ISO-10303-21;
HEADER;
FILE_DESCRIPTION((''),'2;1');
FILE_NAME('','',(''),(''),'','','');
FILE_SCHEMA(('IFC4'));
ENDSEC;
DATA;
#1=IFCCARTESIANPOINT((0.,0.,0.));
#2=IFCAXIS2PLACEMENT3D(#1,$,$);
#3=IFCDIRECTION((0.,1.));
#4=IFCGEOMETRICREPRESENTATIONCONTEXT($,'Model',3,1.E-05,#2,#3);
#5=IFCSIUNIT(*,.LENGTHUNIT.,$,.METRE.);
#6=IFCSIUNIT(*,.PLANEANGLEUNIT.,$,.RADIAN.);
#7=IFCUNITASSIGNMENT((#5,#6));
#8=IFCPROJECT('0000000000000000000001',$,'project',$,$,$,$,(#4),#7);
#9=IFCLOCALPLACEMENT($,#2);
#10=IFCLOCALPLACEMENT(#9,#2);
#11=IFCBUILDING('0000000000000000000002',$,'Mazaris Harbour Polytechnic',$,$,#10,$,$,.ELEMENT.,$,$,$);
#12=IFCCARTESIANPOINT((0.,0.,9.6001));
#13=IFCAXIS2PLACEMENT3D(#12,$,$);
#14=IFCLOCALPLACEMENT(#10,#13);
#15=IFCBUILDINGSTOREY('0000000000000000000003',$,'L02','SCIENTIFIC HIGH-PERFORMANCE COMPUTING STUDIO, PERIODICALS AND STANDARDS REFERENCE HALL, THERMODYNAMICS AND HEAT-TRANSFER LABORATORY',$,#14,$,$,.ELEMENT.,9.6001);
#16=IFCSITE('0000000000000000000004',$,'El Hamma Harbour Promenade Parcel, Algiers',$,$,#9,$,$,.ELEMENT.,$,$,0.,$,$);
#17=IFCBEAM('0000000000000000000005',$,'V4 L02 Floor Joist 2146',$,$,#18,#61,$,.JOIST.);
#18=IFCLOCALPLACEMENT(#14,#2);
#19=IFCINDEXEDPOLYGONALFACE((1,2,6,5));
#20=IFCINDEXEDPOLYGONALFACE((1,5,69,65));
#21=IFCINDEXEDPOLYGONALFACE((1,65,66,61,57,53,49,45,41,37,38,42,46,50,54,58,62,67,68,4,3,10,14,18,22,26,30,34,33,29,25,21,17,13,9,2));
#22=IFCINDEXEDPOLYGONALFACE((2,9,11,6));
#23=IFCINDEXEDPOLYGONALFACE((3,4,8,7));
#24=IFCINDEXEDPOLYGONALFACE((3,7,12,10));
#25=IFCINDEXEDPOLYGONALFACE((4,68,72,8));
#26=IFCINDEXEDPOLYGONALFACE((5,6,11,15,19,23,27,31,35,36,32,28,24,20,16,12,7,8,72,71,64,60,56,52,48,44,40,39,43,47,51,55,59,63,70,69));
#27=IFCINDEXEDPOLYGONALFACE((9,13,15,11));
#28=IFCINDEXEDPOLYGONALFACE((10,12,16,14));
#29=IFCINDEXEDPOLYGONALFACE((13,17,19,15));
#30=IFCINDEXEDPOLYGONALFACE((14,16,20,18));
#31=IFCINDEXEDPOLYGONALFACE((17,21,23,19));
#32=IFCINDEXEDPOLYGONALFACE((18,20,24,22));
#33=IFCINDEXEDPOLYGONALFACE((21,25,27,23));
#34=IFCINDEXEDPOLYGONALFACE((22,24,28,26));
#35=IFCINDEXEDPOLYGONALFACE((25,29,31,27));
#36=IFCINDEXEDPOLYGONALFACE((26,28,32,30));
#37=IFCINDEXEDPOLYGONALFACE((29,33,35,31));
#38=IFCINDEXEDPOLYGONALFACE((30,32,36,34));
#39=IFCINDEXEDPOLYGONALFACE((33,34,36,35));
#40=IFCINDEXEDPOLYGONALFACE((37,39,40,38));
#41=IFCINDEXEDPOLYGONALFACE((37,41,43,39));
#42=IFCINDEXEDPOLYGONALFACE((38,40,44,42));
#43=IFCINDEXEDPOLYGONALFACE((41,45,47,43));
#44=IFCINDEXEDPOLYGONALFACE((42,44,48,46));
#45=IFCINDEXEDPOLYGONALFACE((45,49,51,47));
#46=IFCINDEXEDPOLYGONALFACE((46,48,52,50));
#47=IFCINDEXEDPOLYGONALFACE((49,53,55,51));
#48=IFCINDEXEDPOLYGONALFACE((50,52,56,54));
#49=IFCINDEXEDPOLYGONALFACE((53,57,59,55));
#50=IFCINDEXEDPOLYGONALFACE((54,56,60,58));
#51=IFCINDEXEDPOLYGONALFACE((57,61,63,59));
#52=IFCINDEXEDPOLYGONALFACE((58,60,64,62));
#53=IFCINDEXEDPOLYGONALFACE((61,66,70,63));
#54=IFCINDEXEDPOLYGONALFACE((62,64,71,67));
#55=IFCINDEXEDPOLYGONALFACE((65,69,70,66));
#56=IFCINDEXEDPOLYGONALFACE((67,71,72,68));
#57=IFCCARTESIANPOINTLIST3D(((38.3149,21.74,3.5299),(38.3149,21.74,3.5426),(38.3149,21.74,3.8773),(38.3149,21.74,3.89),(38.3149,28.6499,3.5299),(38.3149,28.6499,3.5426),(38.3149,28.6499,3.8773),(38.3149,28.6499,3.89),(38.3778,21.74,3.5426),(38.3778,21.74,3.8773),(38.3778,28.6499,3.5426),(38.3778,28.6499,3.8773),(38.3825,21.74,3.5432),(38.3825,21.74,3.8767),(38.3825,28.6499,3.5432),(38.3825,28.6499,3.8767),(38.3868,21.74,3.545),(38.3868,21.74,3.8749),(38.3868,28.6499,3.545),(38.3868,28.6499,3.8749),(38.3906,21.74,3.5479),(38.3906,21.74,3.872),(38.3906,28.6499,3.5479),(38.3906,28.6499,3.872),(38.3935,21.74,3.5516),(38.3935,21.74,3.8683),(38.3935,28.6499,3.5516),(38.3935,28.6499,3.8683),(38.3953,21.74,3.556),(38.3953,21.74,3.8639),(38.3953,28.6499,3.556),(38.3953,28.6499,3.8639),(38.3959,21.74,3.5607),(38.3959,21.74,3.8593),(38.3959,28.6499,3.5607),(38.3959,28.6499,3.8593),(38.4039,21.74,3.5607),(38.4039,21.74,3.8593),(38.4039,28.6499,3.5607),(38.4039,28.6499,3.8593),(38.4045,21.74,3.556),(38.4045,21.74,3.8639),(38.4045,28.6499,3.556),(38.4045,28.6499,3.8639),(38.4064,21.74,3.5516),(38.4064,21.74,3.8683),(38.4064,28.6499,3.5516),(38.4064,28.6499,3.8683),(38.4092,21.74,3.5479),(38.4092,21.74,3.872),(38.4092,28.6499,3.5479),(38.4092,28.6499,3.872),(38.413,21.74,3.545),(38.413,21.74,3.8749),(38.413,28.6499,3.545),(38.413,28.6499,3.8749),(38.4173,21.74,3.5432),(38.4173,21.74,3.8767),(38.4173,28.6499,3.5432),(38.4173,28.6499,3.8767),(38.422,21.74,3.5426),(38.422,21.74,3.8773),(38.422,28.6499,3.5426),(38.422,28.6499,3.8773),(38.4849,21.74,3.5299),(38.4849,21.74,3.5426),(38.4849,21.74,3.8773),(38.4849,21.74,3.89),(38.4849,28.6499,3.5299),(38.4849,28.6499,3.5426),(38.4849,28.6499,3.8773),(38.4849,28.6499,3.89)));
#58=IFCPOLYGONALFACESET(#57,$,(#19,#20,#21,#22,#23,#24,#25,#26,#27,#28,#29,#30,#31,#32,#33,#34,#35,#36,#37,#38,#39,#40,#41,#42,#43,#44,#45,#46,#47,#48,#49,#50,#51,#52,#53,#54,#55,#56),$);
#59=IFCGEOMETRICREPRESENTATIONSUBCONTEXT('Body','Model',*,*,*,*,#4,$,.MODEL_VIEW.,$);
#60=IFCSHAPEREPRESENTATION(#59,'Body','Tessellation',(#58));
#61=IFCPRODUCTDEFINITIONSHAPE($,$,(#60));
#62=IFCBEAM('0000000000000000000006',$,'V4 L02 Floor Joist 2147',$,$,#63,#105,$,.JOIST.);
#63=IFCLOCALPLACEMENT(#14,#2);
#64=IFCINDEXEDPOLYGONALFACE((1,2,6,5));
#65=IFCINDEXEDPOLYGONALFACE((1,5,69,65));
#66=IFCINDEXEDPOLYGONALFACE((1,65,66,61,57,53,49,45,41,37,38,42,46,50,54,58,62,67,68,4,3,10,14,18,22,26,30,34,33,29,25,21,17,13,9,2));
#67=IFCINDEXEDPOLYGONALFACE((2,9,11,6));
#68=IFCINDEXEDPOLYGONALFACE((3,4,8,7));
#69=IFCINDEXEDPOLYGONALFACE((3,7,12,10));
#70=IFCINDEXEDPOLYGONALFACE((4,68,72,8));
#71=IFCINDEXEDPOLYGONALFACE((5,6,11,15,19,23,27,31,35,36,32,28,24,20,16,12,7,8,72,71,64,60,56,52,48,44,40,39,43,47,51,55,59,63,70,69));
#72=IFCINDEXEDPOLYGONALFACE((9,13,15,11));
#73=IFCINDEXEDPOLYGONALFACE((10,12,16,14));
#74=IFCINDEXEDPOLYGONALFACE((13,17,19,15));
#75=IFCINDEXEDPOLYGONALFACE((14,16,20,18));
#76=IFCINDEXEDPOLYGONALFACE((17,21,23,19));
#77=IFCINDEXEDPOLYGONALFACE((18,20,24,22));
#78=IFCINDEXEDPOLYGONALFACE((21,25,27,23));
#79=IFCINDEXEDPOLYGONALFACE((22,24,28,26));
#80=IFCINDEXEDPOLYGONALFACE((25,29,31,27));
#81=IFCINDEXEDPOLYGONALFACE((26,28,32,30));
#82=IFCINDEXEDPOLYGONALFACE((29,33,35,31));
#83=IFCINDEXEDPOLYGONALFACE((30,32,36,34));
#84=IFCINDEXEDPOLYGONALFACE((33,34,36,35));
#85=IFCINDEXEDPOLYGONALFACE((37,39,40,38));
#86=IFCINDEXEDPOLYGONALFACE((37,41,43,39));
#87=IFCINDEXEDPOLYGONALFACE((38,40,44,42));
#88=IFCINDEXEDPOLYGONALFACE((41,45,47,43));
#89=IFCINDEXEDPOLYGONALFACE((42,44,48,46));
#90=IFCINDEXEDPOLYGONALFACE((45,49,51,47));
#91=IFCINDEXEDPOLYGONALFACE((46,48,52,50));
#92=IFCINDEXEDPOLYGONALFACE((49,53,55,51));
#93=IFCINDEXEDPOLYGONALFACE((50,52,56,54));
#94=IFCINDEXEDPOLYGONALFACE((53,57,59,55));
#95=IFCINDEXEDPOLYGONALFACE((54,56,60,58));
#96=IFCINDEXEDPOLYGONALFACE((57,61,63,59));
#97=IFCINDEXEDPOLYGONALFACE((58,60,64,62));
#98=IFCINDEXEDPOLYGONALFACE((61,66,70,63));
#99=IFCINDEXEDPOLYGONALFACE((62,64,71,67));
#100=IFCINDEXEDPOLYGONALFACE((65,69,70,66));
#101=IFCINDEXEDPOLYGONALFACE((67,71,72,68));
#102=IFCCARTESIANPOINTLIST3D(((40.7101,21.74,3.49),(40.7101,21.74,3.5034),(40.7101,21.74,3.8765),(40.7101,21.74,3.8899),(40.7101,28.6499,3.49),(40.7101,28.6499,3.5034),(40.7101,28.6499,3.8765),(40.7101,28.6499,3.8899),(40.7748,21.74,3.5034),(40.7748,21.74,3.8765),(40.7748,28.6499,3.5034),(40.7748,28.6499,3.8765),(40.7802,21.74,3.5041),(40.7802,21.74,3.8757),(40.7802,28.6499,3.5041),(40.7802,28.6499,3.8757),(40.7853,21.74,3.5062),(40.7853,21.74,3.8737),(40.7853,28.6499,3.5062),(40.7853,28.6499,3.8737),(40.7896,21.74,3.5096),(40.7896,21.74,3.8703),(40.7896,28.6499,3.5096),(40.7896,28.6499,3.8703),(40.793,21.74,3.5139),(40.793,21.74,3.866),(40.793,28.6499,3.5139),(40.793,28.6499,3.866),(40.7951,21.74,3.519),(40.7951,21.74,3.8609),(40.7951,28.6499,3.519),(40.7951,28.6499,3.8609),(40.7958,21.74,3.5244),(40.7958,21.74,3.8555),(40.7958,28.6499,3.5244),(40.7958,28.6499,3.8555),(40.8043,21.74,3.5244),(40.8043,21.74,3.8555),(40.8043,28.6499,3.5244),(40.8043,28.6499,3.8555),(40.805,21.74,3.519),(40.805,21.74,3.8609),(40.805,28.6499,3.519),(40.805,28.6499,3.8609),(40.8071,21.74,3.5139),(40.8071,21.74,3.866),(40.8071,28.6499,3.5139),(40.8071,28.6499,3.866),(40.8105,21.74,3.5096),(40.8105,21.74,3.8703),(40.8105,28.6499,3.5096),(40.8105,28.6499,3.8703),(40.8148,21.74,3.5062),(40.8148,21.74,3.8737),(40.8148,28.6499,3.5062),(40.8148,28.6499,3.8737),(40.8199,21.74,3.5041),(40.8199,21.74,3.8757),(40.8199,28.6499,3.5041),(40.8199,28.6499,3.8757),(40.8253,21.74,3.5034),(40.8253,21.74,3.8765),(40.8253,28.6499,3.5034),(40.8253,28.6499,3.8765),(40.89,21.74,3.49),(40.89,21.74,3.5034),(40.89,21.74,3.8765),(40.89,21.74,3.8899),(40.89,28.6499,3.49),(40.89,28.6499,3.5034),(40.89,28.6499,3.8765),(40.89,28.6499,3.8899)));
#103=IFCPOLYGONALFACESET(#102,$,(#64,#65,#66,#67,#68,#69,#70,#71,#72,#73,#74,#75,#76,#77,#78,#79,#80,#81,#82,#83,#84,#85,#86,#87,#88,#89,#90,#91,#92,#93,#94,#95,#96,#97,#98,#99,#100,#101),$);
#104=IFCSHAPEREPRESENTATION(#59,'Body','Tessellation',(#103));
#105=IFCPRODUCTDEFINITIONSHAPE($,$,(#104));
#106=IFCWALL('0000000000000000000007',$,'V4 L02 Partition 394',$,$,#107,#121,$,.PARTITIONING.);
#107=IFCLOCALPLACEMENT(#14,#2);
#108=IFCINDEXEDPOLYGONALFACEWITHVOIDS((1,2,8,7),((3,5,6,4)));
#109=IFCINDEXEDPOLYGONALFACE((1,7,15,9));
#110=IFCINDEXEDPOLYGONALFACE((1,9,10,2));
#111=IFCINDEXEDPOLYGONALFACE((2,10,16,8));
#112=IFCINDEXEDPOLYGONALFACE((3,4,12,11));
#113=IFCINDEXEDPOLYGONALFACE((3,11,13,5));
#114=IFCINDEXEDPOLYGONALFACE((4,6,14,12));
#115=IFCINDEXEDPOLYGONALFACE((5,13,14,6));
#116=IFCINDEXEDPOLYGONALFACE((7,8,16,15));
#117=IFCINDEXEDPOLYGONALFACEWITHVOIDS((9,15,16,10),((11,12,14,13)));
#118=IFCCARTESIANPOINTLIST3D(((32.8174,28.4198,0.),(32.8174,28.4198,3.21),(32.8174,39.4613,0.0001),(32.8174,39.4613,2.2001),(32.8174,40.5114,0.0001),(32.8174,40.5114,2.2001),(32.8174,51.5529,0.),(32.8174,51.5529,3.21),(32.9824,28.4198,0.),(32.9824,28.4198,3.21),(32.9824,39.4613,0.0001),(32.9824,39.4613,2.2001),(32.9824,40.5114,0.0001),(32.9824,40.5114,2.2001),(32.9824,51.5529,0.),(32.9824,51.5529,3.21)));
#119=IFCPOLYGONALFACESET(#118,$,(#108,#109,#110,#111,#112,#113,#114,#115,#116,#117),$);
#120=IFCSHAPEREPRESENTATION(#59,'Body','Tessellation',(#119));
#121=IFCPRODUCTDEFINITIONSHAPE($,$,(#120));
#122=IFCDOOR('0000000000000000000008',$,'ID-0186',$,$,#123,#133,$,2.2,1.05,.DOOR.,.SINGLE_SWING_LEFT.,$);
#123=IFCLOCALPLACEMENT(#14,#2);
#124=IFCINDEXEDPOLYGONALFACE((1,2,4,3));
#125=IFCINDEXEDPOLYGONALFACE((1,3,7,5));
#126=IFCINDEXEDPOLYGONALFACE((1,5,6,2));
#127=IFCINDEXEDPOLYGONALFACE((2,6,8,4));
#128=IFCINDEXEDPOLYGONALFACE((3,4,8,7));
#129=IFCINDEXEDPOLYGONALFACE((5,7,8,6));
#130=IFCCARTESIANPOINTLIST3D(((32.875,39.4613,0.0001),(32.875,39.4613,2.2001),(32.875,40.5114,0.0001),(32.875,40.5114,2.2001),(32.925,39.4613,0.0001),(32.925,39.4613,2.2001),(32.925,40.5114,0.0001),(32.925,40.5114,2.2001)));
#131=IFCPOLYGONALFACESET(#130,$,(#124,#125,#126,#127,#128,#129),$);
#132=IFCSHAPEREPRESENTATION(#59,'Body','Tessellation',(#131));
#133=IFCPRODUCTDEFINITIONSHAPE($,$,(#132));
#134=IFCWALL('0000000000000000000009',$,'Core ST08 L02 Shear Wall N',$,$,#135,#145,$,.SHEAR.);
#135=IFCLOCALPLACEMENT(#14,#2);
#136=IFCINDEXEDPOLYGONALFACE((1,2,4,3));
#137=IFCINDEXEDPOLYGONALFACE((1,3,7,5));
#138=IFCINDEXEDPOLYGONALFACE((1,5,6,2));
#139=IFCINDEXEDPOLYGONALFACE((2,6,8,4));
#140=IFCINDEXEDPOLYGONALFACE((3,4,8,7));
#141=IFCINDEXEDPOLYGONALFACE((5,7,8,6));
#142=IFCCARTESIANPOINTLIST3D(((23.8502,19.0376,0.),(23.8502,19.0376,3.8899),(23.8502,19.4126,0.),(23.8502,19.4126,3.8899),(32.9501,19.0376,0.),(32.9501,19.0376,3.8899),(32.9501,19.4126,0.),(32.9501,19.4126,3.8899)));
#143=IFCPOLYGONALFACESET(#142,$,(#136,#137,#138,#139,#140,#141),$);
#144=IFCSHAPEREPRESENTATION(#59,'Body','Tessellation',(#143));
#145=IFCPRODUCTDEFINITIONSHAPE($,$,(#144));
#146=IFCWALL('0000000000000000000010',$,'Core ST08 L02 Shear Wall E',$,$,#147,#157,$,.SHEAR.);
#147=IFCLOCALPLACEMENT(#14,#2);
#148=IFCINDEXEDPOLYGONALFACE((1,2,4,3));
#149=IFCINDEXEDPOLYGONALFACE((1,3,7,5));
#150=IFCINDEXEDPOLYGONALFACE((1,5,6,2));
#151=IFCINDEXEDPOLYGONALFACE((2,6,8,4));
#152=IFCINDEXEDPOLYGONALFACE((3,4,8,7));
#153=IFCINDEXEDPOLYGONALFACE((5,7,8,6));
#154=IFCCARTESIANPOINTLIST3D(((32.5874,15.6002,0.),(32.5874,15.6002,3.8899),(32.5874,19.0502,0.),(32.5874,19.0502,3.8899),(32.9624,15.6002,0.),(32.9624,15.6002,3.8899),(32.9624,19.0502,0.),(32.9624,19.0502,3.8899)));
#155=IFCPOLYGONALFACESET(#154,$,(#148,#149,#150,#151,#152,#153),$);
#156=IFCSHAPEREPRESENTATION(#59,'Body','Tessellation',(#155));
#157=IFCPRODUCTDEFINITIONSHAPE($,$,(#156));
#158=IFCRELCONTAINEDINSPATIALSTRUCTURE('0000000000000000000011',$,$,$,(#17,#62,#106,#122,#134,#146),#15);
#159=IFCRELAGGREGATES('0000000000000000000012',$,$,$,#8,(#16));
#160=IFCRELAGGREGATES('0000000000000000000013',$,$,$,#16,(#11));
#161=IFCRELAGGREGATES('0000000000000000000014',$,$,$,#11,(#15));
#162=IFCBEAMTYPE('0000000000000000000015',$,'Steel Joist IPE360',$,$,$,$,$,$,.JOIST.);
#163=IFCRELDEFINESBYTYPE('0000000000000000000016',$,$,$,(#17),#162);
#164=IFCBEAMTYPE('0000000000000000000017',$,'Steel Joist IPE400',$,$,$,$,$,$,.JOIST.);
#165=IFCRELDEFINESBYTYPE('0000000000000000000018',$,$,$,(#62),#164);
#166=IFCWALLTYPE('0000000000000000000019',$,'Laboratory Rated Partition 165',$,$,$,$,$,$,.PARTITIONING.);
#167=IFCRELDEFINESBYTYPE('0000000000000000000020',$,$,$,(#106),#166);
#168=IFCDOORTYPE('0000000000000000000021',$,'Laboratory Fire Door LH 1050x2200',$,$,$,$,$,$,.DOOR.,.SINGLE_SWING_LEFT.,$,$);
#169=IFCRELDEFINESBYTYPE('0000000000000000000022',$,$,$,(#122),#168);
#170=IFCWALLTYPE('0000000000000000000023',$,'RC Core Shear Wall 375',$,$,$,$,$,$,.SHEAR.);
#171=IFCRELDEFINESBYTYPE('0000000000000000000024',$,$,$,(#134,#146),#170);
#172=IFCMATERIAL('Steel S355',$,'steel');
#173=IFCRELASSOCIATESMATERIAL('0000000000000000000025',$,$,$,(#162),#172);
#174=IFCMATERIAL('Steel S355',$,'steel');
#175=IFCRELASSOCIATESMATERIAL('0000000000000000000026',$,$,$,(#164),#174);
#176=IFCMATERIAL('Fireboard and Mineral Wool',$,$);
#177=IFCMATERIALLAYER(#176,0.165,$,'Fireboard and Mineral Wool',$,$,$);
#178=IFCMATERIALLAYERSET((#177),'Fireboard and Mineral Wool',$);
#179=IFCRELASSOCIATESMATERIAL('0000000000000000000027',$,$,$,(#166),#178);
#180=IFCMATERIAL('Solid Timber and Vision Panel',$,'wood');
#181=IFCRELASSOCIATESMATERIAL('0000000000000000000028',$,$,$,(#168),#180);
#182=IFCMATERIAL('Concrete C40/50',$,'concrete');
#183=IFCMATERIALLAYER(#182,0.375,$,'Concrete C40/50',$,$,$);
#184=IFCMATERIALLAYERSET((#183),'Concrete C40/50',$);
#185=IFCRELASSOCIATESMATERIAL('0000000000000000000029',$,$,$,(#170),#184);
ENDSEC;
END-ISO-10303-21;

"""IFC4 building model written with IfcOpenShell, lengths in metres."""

from ifc_helpers import new_model, si_unit, direction, frame, frame_2d, origin, origin_2d, place, context, subcontext, project, spatial, rectangle, i_section, extrude, material, layer, layer_set, material_profile, profile_set, type_object, element, fill, save


model = new_model("IFC4")

# Units and contexts
model_context = context("Model", 3, precision=1e-05, world=origin(), true_north=direction((0.0, 1.0)))
body_context = subcontext(model_context, "Body", "Model", "MODEL_VIEW")
ifc_project = project(units=[si_unit("LENGTHUNIT", "METRE"), si_unit("PLANEANGLEUNIT", "RADIAN")], contexts=[model_context])

# Site, building, storey
site_placement = place(None, origin())
site = spatial("IfcSite", under=ifc_project, at=site_placement, Name="El Hamma Harbour Promenade Parcel, Algiers", CompositionType="ELEMENT", RefElevation=0.0)
building_placement = place(site_placement, origin())
building = spatial("IfcBuilding", under=site, at=building_placement, Name="Mazaris Harbour Polytechnic", CompositionType="ELEMENT")
storey_placement = place(building_placement, frame((0.0, 0.0, 9.6001)))
storey = spatial("IfcBuildingStorey", under=building, at=storey_placement, Name="L02", Description="SCIENTIFIC HIGH-PERFORMANCE COMPUTING STUDIO, PERIODICALS AND STANDARDS REFERENCE HALL, THERMODYNAMICS AND HEAT-TRANSFER LABORATORY", CompositionType="ELEMENT", Elevation=9.6001)

# Beams
ifc_material_1 = material(Name="Steel S355", Category="steel")
ifc_material_profile_1 = material_profile(ifc_material_1, i_section(OverallWidth=0.1699, OverallDepth=0.3601, WebThickness=0.0081, FlangeThickness=0.0127, FilletRadius=0.0181, at=origin_2d()), Name="IPE 360")
ifc_profile_set_1 = profile_set([ifc_material_profile_1], Name="Steel S355")
beam_type_1 = type_object("IfcBeamType", Name="Steel Joist IPE360", PredefinedType="JOIST", material=ifc_profile_set_1)
beam_1_placement = place(storey_placement, frame((38.3999, 21.74, 3.71), z_axis=(0.0, 1.0, 0.0), x_axis=(-1.0, 0.0, 0.0)))
element("IfcBeam", 1, at=beam_1_placement, inside=storey, type_object=beam_type_1, Name="V4 L02 Floor Joist 2146", PredefinedType="JOIST", context=body_context, shape_type="SweptSolid", body=[
    extrude(i_section(OverallWidth=0.1699, OverallDepth=0.3601, WebThickness=0.0081, FlangeThickness=0.0127, FilletRadius=0.0181, at=origin_2d()), origin(), (0.0, 0.0, 1.0), 6.9099),
])
ifc_material_2 = material(Name="Steel S355", Category="steel")
ifc_material_profile_2 = material_profile(ifc_material_2, i_section(OverallWidth=0.1799, OverallDepth=0.3999, WebThickness=0.0085, FlangeThickness=0.0134, FilletRadius=0.021, at=origin_2d()), Name="IPE 400")
ifc_profile_set_2 = profile_set([ifc_material_profile_2], Name="Steel S355")
beam_type_2 = type_object("IfcBeamType", Name="Steel Joist IPE400", PredefinedType="JOIST", material=ifc_profile_set_2)
beam_2_placement = place(storey_placement, frame((40.8, 21.74, 3.6899), z_axis=(0.0, 1.0, 0.0), x_axis=(-1.0, 0.0, 0.0)))
element("IfcBeam", 2, at=beam_2_placement, inside=storey, type_object=beam_type_2, Name="V4 L02 Floor Joist 2147", PredefinedType="JOIST", context=body_context, shape_type="SweptSolid", body=[
    extrude(i_section(OverallWidth=0.1799, OverallDepth=0.3999, WebThickness=0.0085, FlangeThickness=0.0134, FilletRadius=0.021, at=origin_2d()), origin(), (0.0, 0.0, 1.0), 6.9099),
])

# Wall, opening, door
ifc_material_3 = material(Name="Fireboard and Mineral Wool")
ifc_layer_1 = layer(ifc_material_3, 0.165, Name="Fireboard and Mineral Wool")
ifc_layer_set_1 = layer_set([ifc_layer_1], Name="Fireboard and Mineral Wool")
wall_type_1 = type_object("IfcWallType", Name="Laboratory Rated Partition 165", PredefinedType="PARTITIONING", material=ifc_layer_set_1)
wall_1_placement = place(storey_placement, frame((32.8999, 28.4199, 0.0), z_axis=(0.0, 0.0, 1.0), x_axis=(0.0, 1.0, 0.0)))
wall_1 = element("IfcWall", 3, at=wall_1_placement, inside=storey, type_object=wall_type_1, Name="V4 L02 Partition 394", PredefinedType="PARTITIONING", context=body_context, shape_type="SweptSolid", body=[
    extrude(rectangle(XDim=23.1331, YDim=0.165, at=frame_2d((11.5664, 0.0))), origin(), (0.0, 0.0, 1.0), 3.21),
])
opening_placement = place(wall_1_placement, frame((11.0415, 0.0, 0.0)))
opening = element("IfcOpeningElement", 4, at=opening_placement, cuts=wall_1, PredefinedType="OPENING", context=body_context, shape_type="SweptSolid", body=[
    extrude(rectangle(XDim=1.05, YDim=2.2, at=frame_2d((0.5249, 1.1001))), frame((0.0, 0.0925, 0.0), z_axis=(0.0, -1.0, 0.0), x_axis=(1.0, 0.0, 0.0)), (0.0, 0.0, 1.0), 0.1851),
])
ifc_material_4 = material(Name="Solid Timber and Vision Panel", Category="wood")
door_type = type_object("IfcDoorType", Name="Laboratory Fire Door LH 1050x2200", OperationType="SINGLE_SWING_LEFT", PredefinedType="DOOR", material=ifc_material_4)
door_placement = place(opening_placement, origin())
door = element("IfcDoor", 5, at=door_placement, inside=storey, type_object=door_type, Name="ID-0186", OperationType="SINGLE_SWING_LEFT", OverallHeight=2.2, OverallWidth=1.05, PredefinedType="DOOR", context=body_context, shape_type="SweptSolid", body=[
    extrude(rectangle(XDim=1.05, YDim=2.2, at=frame_2d((0.5249, 1.1001))), frame((0.0, 0.0249, 0.0), z_axis=(0.0, -1.0, 0.0), x_axis=(1.0, 0.0, 0.0)), (0.0, 0.0, 1.0), 0.05),
])
fill(opening, door)

# Walls
ifc_material_5 = material(Name="Concrete C40/50", Category="concrete")
ifc_layer_2 = layer(ifc_material_5, 0.375, Name="Concrete C40/50")
ifc_layer_set_2 = layer_set([ifc_layer_2], Name="Concrete C40/50")
wall_type_2 = type_object("IfcWallType", Name="RC Core Shear Wall 375", PredefinedType="SHEAR", material=ifc_layer_set_2)
wall_2_placement = place(storey_placement, frame((32.95, 19.2251, 0.0), z_axis=(0.0, 0.0, 1.0), x_axis=(-1.0, 0.0, 0.0)))
element("IfcWall", 6, at=wall_2_placement, inside=storey, type_object=wall_type_2, Name="Core ST08 L02 Shear Wall N", PredefinedType="SHEAR", context=body_context, shape_type="SweptSolid", body=[
    extrude(rectangle(XDim=9.0999, YDim=0.375, at=frame_2d((4.5498, 0.0))), origin(), (0.0, 0.0, 1.0), 3.8899),
])
wall_3_placement = place(storey_placement, frame((32.7749, 15.6001, 0.0), z_axis=(0.0, 0.0, 1.0), x_axis=(0.0, 1.0, 0.0)))
element("IfcWall", 7, at=wall_3_placement, inside=storey, type_object=wall_type_2, Name="Core ST08 L02 Shear Wall E", PredefinedType="SHEAR", context=body_context, shape_type="SweptSolid", body=[
    extrude(rectangle(XDim=3.45, YDim=0.375, at=frame_2d((1.7251, 0.0))), origin(), (0.0, 0.0, 1.0), 3.8899),
])

save(model, "model.ifc")
